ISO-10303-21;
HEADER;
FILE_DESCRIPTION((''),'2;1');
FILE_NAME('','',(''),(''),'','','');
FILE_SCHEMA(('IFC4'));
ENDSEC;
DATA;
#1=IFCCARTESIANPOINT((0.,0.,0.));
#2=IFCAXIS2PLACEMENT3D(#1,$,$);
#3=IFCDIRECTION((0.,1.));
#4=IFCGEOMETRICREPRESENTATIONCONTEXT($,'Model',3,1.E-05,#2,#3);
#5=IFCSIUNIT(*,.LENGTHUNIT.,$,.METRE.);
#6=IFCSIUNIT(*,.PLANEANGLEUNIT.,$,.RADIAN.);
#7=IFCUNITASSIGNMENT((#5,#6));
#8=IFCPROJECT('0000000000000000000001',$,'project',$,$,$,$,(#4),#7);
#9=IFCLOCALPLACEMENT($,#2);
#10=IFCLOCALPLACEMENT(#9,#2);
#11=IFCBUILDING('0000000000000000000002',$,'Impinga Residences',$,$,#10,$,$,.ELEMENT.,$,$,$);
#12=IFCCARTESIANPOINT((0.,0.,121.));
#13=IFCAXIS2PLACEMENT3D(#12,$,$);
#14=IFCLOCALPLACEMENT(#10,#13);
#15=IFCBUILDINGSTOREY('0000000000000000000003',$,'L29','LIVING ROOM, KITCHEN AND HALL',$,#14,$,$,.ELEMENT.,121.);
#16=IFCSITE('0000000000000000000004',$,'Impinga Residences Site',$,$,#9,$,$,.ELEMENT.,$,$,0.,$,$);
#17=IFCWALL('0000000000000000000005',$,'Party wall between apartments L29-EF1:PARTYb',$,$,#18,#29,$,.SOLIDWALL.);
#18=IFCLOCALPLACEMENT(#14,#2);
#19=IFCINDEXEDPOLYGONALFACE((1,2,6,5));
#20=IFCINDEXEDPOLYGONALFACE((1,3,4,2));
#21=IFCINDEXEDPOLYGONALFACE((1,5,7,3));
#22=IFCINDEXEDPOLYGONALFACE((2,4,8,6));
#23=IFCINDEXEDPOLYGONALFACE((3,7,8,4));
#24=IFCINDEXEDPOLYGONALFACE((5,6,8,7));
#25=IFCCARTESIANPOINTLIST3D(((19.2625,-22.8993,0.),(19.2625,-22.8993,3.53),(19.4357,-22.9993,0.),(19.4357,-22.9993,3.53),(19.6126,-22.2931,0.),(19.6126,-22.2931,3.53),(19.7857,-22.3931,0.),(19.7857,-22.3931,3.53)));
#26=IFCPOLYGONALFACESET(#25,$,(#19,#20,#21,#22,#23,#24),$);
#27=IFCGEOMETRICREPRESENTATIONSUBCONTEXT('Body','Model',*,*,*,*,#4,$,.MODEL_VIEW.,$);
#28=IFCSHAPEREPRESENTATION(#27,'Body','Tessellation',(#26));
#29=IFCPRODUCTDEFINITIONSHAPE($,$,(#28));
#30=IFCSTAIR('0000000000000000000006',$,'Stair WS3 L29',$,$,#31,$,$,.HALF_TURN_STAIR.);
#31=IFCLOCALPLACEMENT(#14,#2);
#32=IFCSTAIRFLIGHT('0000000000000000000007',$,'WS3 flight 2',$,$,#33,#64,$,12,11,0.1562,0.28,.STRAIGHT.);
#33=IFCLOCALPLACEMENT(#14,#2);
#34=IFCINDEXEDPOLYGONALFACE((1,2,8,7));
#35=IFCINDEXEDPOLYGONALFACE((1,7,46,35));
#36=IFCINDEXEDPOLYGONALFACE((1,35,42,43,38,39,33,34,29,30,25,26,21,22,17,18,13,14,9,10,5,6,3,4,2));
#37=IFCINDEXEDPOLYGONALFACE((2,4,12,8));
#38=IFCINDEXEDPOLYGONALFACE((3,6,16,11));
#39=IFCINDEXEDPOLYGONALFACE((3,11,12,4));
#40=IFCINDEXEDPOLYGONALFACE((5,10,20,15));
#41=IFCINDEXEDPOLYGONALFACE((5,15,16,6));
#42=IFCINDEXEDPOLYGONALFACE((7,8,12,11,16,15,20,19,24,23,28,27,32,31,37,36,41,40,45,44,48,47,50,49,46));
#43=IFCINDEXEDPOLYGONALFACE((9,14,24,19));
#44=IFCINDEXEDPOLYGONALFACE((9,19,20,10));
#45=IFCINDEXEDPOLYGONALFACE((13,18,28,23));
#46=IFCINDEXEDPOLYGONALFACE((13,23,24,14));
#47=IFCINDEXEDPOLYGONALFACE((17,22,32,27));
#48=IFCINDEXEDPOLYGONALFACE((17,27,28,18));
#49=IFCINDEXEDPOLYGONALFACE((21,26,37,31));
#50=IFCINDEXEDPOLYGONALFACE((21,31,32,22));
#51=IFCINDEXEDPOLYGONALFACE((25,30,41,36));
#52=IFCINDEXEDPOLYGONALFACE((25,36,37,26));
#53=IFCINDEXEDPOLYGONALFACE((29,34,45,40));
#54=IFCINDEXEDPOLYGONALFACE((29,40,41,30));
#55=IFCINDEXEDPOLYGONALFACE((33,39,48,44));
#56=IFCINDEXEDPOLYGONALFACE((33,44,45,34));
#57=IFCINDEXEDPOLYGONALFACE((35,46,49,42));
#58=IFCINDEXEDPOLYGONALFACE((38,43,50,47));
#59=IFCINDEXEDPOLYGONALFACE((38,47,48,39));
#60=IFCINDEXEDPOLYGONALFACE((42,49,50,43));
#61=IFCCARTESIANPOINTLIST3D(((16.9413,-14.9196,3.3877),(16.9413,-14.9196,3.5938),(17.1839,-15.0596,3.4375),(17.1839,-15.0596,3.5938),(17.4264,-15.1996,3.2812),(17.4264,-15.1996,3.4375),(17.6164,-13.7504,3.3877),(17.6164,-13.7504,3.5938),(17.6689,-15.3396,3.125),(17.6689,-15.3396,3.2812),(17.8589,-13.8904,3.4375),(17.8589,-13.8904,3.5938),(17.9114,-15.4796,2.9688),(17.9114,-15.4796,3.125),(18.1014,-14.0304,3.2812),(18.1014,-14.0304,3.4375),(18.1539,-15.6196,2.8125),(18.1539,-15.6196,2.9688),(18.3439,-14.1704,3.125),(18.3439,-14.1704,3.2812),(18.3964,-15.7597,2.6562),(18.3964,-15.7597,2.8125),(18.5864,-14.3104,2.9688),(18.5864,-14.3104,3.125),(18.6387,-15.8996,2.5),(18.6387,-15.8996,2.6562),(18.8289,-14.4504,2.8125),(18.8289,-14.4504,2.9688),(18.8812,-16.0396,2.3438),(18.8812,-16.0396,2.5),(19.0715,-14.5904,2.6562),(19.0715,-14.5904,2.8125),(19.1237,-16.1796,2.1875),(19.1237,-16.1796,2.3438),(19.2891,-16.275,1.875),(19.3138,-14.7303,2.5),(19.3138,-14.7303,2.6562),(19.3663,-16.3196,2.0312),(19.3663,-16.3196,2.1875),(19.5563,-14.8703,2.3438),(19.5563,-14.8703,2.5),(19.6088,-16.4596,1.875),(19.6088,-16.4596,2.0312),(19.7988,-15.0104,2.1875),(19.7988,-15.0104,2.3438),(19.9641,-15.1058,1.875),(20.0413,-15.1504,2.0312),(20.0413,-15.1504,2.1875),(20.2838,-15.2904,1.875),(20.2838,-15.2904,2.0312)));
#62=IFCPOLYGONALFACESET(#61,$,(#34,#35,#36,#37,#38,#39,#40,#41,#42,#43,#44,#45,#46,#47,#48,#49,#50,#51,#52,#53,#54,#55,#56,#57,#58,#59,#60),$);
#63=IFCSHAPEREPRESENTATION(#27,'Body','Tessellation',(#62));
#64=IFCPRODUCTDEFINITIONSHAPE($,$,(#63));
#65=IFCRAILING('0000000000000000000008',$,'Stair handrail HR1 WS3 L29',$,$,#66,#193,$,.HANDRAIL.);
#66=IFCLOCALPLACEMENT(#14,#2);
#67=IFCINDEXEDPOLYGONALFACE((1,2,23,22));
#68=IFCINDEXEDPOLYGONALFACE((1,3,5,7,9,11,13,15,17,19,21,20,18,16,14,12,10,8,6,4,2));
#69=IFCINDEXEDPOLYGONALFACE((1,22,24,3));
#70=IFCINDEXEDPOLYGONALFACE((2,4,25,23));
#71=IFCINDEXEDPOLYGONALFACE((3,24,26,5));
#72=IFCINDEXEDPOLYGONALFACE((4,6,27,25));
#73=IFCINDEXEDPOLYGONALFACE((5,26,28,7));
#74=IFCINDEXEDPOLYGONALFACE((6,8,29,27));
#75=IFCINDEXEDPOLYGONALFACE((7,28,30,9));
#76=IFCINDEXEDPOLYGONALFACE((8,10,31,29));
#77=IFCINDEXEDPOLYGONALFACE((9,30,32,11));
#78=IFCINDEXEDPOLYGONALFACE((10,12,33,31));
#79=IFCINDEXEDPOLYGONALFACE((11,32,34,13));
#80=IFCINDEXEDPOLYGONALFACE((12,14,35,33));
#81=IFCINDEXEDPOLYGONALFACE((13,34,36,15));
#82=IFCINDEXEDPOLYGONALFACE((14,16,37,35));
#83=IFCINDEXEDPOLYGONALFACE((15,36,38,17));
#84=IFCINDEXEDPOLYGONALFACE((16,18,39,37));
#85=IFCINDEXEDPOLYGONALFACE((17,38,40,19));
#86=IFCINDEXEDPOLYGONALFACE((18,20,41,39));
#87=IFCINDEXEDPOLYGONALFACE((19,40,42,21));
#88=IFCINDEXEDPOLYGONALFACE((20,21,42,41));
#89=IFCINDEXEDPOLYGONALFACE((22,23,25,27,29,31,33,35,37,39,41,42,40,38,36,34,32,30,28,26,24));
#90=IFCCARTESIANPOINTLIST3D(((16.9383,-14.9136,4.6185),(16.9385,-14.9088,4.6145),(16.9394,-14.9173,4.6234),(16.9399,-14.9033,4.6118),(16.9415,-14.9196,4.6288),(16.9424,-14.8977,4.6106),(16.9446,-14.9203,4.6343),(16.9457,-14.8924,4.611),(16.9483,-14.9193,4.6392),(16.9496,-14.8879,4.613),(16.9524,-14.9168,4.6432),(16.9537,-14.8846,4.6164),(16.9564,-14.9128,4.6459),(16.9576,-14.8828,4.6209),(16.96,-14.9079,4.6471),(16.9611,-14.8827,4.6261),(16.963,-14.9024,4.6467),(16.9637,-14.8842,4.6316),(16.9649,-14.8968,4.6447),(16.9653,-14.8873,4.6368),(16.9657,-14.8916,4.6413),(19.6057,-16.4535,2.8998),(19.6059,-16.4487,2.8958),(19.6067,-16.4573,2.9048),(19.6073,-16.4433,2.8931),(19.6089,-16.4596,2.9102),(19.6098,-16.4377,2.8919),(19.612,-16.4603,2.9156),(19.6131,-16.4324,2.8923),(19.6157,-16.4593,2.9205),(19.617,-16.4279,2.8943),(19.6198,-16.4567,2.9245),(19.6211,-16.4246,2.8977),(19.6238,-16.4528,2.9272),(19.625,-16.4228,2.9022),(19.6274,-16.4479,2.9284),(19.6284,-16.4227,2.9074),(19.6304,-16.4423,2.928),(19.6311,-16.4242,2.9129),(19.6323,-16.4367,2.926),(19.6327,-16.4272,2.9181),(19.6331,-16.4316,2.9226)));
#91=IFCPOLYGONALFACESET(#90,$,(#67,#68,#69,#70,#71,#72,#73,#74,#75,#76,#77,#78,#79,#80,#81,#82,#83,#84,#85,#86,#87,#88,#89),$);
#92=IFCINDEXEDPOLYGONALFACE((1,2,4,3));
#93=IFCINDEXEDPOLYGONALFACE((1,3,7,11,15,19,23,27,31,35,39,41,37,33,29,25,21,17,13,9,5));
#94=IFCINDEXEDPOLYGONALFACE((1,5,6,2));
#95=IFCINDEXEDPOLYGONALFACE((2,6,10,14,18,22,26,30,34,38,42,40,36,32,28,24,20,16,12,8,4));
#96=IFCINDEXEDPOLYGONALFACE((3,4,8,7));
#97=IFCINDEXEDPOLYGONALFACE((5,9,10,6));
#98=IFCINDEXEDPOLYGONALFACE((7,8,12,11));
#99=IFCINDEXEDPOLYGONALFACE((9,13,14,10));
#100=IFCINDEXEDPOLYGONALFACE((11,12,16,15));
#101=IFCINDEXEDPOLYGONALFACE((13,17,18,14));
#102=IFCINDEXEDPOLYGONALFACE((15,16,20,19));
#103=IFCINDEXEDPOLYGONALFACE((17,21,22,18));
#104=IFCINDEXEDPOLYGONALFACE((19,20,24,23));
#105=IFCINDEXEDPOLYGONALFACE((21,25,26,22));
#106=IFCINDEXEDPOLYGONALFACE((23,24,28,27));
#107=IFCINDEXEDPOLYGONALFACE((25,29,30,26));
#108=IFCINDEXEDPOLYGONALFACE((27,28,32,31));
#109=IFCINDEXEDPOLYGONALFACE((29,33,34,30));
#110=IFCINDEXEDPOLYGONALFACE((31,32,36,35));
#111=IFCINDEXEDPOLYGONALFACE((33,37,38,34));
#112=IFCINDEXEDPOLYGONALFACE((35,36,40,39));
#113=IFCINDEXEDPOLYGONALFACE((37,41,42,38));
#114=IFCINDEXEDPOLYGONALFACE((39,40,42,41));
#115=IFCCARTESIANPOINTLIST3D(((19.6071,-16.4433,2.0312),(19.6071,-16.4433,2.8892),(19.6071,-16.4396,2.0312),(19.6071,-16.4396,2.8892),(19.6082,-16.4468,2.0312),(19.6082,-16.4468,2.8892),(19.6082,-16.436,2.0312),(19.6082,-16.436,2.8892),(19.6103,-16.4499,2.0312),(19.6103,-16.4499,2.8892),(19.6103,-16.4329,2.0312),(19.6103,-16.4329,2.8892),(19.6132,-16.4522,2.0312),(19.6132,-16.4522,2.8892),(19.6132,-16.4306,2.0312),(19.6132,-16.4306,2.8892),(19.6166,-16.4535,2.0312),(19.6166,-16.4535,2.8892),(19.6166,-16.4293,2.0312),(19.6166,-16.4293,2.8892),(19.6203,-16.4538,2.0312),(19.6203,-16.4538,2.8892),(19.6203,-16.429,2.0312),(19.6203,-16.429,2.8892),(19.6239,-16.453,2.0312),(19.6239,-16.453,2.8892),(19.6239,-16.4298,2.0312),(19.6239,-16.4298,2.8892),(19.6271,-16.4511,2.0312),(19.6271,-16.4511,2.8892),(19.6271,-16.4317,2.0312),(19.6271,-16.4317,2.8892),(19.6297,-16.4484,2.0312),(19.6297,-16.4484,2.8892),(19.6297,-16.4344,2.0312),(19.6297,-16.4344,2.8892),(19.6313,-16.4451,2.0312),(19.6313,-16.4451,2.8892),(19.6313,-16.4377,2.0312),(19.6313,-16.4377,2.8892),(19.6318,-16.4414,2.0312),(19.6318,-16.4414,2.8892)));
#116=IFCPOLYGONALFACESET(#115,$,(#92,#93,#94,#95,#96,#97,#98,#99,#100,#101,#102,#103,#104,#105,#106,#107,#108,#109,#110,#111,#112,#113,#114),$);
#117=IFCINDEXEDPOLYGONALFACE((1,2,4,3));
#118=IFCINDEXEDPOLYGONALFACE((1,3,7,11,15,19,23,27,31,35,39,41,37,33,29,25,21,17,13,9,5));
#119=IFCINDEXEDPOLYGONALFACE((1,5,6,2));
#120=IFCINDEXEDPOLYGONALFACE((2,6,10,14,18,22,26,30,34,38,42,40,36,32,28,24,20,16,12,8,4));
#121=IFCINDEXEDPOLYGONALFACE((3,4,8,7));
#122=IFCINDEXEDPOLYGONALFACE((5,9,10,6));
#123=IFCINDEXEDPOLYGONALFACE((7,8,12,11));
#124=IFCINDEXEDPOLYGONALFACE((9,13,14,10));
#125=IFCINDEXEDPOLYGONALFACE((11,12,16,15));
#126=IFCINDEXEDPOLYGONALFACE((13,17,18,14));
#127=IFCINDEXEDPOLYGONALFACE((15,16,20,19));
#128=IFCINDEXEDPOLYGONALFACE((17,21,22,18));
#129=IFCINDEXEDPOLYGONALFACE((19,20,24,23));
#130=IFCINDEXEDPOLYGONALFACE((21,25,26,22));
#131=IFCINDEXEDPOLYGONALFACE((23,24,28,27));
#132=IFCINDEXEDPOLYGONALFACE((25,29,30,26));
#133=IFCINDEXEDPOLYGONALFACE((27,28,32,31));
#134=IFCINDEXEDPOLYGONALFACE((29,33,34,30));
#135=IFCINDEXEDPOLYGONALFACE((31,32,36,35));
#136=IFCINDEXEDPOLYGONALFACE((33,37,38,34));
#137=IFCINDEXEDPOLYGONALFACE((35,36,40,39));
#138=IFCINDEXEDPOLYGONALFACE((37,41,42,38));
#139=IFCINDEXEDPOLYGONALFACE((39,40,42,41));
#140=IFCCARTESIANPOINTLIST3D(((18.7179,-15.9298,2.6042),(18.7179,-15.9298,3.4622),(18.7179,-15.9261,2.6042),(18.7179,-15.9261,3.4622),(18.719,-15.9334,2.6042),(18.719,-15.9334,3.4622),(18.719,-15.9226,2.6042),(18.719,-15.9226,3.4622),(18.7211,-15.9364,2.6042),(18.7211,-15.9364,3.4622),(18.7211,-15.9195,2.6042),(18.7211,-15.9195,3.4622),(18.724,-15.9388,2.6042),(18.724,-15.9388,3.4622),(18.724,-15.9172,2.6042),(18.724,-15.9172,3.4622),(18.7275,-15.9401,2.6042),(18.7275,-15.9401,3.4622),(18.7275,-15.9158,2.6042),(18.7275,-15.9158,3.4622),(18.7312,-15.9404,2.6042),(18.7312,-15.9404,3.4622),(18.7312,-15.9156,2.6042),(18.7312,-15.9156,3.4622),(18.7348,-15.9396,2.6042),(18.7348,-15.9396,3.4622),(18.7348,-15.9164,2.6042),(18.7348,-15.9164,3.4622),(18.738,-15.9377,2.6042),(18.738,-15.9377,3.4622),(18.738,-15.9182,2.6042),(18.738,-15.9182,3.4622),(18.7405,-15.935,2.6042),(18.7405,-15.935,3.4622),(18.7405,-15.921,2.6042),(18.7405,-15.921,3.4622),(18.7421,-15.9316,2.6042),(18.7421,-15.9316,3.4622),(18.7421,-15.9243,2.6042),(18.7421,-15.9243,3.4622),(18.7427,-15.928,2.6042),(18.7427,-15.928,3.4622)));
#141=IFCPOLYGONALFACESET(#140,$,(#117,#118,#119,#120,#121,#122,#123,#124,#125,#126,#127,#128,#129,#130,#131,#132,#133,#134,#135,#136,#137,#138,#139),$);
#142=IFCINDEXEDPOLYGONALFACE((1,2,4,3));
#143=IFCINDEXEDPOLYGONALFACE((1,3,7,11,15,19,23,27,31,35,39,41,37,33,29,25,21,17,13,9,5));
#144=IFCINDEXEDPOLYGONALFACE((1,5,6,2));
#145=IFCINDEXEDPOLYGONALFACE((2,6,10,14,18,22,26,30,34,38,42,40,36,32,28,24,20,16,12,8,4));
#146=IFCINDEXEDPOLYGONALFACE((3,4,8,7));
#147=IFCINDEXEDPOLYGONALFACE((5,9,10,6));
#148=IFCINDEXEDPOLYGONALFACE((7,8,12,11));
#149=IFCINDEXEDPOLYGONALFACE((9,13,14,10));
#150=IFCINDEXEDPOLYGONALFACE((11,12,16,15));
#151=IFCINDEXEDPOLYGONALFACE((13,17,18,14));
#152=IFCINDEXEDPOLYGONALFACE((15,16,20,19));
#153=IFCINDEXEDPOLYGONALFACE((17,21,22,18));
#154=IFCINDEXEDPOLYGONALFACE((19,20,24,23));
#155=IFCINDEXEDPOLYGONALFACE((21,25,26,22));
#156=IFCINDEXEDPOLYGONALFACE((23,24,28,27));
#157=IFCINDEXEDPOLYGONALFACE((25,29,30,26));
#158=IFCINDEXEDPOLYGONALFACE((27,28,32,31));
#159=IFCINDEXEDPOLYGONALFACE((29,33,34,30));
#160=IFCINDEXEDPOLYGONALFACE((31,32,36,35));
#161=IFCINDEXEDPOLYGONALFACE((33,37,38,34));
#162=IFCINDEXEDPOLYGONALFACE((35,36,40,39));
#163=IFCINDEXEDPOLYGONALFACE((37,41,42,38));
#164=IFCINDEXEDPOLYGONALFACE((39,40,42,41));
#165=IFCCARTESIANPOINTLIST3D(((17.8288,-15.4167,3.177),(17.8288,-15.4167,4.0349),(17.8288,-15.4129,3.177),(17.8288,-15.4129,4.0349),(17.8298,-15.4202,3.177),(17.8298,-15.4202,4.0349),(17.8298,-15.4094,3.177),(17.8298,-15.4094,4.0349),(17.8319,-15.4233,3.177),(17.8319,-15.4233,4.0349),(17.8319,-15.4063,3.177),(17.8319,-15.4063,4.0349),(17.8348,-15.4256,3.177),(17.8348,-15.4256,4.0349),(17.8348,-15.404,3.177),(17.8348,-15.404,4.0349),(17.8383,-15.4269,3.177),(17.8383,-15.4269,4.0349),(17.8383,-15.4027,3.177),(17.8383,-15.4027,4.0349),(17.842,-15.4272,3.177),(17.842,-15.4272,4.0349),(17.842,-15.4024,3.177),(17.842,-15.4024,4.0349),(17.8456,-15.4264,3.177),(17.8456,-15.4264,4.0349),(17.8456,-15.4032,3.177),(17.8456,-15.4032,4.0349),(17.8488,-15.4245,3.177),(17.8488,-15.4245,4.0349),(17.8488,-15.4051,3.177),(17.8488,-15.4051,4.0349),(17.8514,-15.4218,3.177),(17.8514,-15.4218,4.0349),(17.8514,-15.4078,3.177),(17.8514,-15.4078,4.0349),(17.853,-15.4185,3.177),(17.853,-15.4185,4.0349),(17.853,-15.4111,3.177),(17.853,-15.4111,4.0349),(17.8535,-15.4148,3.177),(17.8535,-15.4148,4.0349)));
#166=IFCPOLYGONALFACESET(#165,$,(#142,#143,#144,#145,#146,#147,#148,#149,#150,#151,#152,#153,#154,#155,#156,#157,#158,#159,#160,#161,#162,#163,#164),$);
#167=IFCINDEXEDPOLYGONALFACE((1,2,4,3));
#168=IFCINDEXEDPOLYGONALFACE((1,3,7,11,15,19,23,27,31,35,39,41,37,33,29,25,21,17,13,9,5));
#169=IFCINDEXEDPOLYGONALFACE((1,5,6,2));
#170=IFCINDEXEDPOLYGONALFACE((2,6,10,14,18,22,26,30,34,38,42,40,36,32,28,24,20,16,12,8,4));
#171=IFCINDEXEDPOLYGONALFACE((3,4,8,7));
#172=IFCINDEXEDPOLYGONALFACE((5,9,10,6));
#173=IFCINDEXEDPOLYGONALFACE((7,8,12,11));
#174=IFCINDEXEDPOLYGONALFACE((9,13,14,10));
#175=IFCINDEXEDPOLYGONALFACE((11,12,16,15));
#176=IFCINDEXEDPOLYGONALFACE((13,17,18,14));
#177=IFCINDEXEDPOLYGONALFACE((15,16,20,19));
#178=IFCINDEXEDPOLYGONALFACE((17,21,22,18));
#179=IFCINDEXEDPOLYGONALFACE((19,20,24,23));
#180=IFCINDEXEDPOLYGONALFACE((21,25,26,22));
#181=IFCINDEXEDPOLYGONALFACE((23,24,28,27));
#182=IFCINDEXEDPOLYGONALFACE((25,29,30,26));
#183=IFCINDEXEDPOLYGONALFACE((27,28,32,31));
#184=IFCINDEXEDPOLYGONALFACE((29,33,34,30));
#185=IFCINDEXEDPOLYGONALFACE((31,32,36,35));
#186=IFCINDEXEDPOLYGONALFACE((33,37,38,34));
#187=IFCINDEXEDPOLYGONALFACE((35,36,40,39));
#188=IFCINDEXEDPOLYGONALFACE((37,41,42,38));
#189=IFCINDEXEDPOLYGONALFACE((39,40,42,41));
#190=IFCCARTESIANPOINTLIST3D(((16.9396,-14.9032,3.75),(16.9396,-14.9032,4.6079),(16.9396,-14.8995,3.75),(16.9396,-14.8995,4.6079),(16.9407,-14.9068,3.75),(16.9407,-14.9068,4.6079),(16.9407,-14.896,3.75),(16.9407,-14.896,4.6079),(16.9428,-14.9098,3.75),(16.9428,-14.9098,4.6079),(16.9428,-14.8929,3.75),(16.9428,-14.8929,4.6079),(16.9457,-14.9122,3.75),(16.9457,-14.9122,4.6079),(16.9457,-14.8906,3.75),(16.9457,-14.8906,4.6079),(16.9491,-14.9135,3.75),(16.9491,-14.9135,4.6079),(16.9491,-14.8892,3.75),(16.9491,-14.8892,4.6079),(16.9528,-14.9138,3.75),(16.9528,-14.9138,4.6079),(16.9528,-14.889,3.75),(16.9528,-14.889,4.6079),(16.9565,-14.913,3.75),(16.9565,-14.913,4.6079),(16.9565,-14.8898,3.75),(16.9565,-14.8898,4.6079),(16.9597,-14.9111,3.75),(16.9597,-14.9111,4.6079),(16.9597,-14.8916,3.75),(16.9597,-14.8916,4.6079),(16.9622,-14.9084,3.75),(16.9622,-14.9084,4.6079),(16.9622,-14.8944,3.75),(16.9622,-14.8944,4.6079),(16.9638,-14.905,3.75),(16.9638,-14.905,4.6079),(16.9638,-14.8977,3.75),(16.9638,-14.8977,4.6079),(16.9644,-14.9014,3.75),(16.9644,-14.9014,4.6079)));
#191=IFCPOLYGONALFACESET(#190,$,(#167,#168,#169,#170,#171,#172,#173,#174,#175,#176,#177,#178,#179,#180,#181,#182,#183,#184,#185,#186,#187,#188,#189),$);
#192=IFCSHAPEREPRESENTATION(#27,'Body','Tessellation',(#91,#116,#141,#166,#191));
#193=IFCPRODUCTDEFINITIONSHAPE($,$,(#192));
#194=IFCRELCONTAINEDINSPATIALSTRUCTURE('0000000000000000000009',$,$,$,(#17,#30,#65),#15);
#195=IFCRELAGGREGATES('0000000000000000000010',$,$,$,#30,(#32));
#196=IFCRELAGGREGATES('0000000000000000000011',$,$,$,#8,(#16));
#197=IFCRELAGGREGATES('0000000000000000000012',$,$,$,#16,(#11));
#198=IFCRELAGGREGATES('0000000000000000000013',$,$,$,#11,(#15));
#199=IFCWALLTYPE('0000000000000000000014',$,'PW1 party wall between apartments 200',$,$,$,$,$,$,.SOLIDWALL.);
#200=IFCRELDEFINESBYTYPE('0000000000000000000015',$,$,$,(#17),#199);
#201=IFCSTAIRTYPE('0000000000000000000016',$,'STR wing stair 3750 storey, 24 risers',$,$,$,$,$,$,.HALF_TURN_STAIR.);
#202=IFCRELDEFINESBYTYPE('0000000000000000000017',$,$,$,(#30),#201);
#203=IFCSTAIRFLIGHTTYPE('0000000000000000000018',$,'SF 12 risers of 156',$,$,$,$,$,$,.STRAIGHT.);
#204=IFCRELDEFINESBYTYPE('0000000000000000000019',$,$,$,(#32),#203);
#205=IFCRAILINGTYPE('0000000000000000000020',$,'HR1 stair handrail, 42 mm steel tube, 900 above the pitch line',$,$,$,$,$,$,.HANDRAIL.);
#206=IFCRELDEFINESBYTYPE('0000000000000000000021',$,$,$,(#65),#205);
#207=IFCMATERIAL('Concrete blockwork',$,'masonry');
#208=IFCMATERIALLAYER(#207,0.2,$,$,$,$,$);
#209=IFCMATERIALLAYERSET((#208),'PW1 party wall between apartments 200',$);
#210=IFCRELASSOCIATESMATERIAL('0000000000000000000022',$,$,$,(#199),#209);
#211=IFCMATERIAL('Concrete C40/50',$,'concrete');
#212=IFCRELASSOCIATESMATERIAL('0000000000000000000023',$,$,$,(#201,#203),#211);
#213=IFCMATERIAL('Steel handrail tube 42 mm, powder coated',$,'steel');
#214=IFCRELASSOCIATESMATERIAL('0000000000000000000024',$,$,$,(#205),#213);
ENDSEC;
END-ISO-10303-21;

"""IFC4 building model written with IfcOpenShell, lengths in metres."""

from ifc_helpers import new_model, si_unit, direction, frame, frame_2d, origin, origin_2d, place, context, subcontext, project, spatial, polyline, rectangle, circle, outline, extrude, material, layer, layer_set, type_object, element, aggregate, save


model = new_model("IFC4")

# Units and contexts
model_context = context("Model", 3, precision=1e-05, world=origin(), true_north=direction((0.0, 1.0)))
body_context = subcontext(model_context, "Body", "Model", "MODEL_VIEW")
ifc_project = project(units=[si_unit("LENGTHUNIT", "METRE"), si_unit("PLANEANGLEUNIT", "RADIAN")], contexts=[model_context])

# Site, building, storey
site_placement = place(None, origin())
site = spatial("IfcSite", under=ifc_project, at=site_placement, Name="Impinga Residences Site", CompositionType="ELEMENT", RefElevation=0.0)
building_placement = place(site_placement, origin())
building = spatial("IfcBuilding", under=site, at=building_placement, Name="Impinga Residences", CompositionType="ELEMENT")
storey_placement = place(building_placement, frame((0.0, 0.0, 121.0)))
storey = spatial("IfcBuildingStorey", under=building, at=storey_placement, Name="L29", Description="LIVING ROOM, KITCHEN AND HALL", CompositionType="ELEMENT", Elevation=121.0)

# Wall
ifc_material_1 = material(Name="Concrete blockwork", Category="masonry")
ifc_layer_1 = layer(ifc_material_1, 0.2)
ifc_layer_set_1 = layer_set([ifc_layer_1], Name="PW1 party wall between apartments 200")
wall_type_1 = type_object("IfcWallType", Name="PW1 party wall between apartments 200", PredefinedType="SOLIDWALL", material=ifc_layer_set_1)
wall_1_placement = place(storey_placement, frame((19.6992, -22.343, 0.0), z_axis=(0.0, 0.0, 1.0), x_axis=(-0.500115, -0.865959, 0.0)))
element("IfcWall", 1, at=wall_1_placement, inside=storey, type_object=wall_type_1, Name="Party wall between apartments L29-EF1:PARTYb", PredefinedType="SOLIDWALL", context=body_context, shape_type="SweptSolid", body=[
    extrude(rectangle(XDim=0.7, YDim=0.2, at=frame_2d((0.3501, 0.0))), origin(), (0.0, 0.0, 1.0), 3.53),
])

# Stair, stair flight
ifc_material_2 = material(Name="Concrete C40/50", Category="concrete")
stair_type = type_object("IfcStairType", Name="STR wing stair 3750 storey, 24 risers", PredefinedType="HALF_TURN_STAIR", material=ifc_material_2)
stair_placement = place(storey_placement, origin())
stair = element("IfcStair", 2, at=stair_placement, inside=storey, type_object=stair_type, Name="Stair WS3 L29", PredefinedType="HALF_TURN_STAIR")
stair_flight_type = type_object("IfcStairFlightType", Name="SF 12 risers of 156", PredefinedType="STRAIGHT", material=ifc_material_2)
stair_flight_placement = place(storey_placement, frame((19.9463, -15.875, 1.875), z_axis=(0.0, 0.0, 1.0), x_axis=(-0.866025, 0.5, 0.0)))
stair_flight = element("IfcStairFlight", 3, at=stair_flight_placement, type_object=stair_flight_type, Name="WS3 flight 2", NumberOfRisers=12, NumberOfTreads=11, PredefinedType="STRAIGHT", RiserHeight=0.1562, TreadLength=0.28, context=body_context, shape_type="SweptSolid", body=[
    extrude(outline(polyline([(0.0, 0.0), (0.0, 0.1562), (0.28, 0.1562), (0.28, 0.3125), (0.5601, 0.3125), (0.5601, 0.4688), (0.8401, 0.4688), (0.8401, 0.625), (1.1201, 0.625), (1.1201, 0.7812), (1.3999, 0.7812), (1.3999, 0.9375), (1.6799, 0.9375), (1.6799, 1.0938), (1.96, 1.0938), (1.96, 1.25), (2.24, 1.25), (2.24, 1.4062), (2.52, 1.4062), (2.52, 1.5625), (2.8, 1.5625), (2.8, 1.7188), (3.0801, 1.7188), (3.0801, 1.875), (3.0801, 1.5127), (0.3691, 0.0), (0.0, 0.0)])), frame((0.0, 0.675, 0.0), z_axis=(0.0, -1.0, 0.0), x_axis=(1.0, 0.0, 0.0)), (0.0, 0.0, 1.0), 1.3501),
])
aggregate(stair, [stair_flight])

# Railing
ifc_material_3 = material(Name="Steel handrail tube 42 mm, powder coated", Category="steel")
railing_type = type_object("IfcRailingType", Name="HR1 stair handrail, 42 mm steel tube, 900 above the pitch line", PredefinedType="HANDRAIL", material=ifc_material_3)
railing_placement = place(storey_placement, frame((19.6194, -16.4414, 2.0312)))
element("IfcRailing", 4, at=railing_placement, inside=storey, type_object=railing_type, Name="Stair handrail HR1 WS3 L29", PredefinedType="HANDRAIL", context=body_context, shape_type="SweptSolid", body=[
    extrude(circle(Radius=0.021, at=origin_2d()), frame((0.0, 0.0, 0.8789), z_axis=(-0.756256, 0.436616, 0.487282), x_axis=(-0.499992, -0.86603, 0.0)), (0.0, 0.0, 1.0), 3.5271),
    extrude(circle(Radius=0.0125, at=origin_2d()), origin(), (0.0, 0.0, 1.0), 0.8579),
    extrude(circle(Radius=0.0125, at=origin_2d()), frame((-0.8892, 0.5134, 0.573)), (0.0, 0.0, 1.0), 0.8579),
    extrude(circle(Radius=0.0125, at=origin_2d()), frame((-1.7783, 1.0266, 1.1458)), (0.0, 0.0, 1.0), 0.8579),
    extrude(circle(Radius=0.0125, at=origin_2d()), frame((-2.6675, 1.54, 1.7188)), (0.0, 0.0, 1.0), 0.8579),
])

save(model, "model.ifc")
